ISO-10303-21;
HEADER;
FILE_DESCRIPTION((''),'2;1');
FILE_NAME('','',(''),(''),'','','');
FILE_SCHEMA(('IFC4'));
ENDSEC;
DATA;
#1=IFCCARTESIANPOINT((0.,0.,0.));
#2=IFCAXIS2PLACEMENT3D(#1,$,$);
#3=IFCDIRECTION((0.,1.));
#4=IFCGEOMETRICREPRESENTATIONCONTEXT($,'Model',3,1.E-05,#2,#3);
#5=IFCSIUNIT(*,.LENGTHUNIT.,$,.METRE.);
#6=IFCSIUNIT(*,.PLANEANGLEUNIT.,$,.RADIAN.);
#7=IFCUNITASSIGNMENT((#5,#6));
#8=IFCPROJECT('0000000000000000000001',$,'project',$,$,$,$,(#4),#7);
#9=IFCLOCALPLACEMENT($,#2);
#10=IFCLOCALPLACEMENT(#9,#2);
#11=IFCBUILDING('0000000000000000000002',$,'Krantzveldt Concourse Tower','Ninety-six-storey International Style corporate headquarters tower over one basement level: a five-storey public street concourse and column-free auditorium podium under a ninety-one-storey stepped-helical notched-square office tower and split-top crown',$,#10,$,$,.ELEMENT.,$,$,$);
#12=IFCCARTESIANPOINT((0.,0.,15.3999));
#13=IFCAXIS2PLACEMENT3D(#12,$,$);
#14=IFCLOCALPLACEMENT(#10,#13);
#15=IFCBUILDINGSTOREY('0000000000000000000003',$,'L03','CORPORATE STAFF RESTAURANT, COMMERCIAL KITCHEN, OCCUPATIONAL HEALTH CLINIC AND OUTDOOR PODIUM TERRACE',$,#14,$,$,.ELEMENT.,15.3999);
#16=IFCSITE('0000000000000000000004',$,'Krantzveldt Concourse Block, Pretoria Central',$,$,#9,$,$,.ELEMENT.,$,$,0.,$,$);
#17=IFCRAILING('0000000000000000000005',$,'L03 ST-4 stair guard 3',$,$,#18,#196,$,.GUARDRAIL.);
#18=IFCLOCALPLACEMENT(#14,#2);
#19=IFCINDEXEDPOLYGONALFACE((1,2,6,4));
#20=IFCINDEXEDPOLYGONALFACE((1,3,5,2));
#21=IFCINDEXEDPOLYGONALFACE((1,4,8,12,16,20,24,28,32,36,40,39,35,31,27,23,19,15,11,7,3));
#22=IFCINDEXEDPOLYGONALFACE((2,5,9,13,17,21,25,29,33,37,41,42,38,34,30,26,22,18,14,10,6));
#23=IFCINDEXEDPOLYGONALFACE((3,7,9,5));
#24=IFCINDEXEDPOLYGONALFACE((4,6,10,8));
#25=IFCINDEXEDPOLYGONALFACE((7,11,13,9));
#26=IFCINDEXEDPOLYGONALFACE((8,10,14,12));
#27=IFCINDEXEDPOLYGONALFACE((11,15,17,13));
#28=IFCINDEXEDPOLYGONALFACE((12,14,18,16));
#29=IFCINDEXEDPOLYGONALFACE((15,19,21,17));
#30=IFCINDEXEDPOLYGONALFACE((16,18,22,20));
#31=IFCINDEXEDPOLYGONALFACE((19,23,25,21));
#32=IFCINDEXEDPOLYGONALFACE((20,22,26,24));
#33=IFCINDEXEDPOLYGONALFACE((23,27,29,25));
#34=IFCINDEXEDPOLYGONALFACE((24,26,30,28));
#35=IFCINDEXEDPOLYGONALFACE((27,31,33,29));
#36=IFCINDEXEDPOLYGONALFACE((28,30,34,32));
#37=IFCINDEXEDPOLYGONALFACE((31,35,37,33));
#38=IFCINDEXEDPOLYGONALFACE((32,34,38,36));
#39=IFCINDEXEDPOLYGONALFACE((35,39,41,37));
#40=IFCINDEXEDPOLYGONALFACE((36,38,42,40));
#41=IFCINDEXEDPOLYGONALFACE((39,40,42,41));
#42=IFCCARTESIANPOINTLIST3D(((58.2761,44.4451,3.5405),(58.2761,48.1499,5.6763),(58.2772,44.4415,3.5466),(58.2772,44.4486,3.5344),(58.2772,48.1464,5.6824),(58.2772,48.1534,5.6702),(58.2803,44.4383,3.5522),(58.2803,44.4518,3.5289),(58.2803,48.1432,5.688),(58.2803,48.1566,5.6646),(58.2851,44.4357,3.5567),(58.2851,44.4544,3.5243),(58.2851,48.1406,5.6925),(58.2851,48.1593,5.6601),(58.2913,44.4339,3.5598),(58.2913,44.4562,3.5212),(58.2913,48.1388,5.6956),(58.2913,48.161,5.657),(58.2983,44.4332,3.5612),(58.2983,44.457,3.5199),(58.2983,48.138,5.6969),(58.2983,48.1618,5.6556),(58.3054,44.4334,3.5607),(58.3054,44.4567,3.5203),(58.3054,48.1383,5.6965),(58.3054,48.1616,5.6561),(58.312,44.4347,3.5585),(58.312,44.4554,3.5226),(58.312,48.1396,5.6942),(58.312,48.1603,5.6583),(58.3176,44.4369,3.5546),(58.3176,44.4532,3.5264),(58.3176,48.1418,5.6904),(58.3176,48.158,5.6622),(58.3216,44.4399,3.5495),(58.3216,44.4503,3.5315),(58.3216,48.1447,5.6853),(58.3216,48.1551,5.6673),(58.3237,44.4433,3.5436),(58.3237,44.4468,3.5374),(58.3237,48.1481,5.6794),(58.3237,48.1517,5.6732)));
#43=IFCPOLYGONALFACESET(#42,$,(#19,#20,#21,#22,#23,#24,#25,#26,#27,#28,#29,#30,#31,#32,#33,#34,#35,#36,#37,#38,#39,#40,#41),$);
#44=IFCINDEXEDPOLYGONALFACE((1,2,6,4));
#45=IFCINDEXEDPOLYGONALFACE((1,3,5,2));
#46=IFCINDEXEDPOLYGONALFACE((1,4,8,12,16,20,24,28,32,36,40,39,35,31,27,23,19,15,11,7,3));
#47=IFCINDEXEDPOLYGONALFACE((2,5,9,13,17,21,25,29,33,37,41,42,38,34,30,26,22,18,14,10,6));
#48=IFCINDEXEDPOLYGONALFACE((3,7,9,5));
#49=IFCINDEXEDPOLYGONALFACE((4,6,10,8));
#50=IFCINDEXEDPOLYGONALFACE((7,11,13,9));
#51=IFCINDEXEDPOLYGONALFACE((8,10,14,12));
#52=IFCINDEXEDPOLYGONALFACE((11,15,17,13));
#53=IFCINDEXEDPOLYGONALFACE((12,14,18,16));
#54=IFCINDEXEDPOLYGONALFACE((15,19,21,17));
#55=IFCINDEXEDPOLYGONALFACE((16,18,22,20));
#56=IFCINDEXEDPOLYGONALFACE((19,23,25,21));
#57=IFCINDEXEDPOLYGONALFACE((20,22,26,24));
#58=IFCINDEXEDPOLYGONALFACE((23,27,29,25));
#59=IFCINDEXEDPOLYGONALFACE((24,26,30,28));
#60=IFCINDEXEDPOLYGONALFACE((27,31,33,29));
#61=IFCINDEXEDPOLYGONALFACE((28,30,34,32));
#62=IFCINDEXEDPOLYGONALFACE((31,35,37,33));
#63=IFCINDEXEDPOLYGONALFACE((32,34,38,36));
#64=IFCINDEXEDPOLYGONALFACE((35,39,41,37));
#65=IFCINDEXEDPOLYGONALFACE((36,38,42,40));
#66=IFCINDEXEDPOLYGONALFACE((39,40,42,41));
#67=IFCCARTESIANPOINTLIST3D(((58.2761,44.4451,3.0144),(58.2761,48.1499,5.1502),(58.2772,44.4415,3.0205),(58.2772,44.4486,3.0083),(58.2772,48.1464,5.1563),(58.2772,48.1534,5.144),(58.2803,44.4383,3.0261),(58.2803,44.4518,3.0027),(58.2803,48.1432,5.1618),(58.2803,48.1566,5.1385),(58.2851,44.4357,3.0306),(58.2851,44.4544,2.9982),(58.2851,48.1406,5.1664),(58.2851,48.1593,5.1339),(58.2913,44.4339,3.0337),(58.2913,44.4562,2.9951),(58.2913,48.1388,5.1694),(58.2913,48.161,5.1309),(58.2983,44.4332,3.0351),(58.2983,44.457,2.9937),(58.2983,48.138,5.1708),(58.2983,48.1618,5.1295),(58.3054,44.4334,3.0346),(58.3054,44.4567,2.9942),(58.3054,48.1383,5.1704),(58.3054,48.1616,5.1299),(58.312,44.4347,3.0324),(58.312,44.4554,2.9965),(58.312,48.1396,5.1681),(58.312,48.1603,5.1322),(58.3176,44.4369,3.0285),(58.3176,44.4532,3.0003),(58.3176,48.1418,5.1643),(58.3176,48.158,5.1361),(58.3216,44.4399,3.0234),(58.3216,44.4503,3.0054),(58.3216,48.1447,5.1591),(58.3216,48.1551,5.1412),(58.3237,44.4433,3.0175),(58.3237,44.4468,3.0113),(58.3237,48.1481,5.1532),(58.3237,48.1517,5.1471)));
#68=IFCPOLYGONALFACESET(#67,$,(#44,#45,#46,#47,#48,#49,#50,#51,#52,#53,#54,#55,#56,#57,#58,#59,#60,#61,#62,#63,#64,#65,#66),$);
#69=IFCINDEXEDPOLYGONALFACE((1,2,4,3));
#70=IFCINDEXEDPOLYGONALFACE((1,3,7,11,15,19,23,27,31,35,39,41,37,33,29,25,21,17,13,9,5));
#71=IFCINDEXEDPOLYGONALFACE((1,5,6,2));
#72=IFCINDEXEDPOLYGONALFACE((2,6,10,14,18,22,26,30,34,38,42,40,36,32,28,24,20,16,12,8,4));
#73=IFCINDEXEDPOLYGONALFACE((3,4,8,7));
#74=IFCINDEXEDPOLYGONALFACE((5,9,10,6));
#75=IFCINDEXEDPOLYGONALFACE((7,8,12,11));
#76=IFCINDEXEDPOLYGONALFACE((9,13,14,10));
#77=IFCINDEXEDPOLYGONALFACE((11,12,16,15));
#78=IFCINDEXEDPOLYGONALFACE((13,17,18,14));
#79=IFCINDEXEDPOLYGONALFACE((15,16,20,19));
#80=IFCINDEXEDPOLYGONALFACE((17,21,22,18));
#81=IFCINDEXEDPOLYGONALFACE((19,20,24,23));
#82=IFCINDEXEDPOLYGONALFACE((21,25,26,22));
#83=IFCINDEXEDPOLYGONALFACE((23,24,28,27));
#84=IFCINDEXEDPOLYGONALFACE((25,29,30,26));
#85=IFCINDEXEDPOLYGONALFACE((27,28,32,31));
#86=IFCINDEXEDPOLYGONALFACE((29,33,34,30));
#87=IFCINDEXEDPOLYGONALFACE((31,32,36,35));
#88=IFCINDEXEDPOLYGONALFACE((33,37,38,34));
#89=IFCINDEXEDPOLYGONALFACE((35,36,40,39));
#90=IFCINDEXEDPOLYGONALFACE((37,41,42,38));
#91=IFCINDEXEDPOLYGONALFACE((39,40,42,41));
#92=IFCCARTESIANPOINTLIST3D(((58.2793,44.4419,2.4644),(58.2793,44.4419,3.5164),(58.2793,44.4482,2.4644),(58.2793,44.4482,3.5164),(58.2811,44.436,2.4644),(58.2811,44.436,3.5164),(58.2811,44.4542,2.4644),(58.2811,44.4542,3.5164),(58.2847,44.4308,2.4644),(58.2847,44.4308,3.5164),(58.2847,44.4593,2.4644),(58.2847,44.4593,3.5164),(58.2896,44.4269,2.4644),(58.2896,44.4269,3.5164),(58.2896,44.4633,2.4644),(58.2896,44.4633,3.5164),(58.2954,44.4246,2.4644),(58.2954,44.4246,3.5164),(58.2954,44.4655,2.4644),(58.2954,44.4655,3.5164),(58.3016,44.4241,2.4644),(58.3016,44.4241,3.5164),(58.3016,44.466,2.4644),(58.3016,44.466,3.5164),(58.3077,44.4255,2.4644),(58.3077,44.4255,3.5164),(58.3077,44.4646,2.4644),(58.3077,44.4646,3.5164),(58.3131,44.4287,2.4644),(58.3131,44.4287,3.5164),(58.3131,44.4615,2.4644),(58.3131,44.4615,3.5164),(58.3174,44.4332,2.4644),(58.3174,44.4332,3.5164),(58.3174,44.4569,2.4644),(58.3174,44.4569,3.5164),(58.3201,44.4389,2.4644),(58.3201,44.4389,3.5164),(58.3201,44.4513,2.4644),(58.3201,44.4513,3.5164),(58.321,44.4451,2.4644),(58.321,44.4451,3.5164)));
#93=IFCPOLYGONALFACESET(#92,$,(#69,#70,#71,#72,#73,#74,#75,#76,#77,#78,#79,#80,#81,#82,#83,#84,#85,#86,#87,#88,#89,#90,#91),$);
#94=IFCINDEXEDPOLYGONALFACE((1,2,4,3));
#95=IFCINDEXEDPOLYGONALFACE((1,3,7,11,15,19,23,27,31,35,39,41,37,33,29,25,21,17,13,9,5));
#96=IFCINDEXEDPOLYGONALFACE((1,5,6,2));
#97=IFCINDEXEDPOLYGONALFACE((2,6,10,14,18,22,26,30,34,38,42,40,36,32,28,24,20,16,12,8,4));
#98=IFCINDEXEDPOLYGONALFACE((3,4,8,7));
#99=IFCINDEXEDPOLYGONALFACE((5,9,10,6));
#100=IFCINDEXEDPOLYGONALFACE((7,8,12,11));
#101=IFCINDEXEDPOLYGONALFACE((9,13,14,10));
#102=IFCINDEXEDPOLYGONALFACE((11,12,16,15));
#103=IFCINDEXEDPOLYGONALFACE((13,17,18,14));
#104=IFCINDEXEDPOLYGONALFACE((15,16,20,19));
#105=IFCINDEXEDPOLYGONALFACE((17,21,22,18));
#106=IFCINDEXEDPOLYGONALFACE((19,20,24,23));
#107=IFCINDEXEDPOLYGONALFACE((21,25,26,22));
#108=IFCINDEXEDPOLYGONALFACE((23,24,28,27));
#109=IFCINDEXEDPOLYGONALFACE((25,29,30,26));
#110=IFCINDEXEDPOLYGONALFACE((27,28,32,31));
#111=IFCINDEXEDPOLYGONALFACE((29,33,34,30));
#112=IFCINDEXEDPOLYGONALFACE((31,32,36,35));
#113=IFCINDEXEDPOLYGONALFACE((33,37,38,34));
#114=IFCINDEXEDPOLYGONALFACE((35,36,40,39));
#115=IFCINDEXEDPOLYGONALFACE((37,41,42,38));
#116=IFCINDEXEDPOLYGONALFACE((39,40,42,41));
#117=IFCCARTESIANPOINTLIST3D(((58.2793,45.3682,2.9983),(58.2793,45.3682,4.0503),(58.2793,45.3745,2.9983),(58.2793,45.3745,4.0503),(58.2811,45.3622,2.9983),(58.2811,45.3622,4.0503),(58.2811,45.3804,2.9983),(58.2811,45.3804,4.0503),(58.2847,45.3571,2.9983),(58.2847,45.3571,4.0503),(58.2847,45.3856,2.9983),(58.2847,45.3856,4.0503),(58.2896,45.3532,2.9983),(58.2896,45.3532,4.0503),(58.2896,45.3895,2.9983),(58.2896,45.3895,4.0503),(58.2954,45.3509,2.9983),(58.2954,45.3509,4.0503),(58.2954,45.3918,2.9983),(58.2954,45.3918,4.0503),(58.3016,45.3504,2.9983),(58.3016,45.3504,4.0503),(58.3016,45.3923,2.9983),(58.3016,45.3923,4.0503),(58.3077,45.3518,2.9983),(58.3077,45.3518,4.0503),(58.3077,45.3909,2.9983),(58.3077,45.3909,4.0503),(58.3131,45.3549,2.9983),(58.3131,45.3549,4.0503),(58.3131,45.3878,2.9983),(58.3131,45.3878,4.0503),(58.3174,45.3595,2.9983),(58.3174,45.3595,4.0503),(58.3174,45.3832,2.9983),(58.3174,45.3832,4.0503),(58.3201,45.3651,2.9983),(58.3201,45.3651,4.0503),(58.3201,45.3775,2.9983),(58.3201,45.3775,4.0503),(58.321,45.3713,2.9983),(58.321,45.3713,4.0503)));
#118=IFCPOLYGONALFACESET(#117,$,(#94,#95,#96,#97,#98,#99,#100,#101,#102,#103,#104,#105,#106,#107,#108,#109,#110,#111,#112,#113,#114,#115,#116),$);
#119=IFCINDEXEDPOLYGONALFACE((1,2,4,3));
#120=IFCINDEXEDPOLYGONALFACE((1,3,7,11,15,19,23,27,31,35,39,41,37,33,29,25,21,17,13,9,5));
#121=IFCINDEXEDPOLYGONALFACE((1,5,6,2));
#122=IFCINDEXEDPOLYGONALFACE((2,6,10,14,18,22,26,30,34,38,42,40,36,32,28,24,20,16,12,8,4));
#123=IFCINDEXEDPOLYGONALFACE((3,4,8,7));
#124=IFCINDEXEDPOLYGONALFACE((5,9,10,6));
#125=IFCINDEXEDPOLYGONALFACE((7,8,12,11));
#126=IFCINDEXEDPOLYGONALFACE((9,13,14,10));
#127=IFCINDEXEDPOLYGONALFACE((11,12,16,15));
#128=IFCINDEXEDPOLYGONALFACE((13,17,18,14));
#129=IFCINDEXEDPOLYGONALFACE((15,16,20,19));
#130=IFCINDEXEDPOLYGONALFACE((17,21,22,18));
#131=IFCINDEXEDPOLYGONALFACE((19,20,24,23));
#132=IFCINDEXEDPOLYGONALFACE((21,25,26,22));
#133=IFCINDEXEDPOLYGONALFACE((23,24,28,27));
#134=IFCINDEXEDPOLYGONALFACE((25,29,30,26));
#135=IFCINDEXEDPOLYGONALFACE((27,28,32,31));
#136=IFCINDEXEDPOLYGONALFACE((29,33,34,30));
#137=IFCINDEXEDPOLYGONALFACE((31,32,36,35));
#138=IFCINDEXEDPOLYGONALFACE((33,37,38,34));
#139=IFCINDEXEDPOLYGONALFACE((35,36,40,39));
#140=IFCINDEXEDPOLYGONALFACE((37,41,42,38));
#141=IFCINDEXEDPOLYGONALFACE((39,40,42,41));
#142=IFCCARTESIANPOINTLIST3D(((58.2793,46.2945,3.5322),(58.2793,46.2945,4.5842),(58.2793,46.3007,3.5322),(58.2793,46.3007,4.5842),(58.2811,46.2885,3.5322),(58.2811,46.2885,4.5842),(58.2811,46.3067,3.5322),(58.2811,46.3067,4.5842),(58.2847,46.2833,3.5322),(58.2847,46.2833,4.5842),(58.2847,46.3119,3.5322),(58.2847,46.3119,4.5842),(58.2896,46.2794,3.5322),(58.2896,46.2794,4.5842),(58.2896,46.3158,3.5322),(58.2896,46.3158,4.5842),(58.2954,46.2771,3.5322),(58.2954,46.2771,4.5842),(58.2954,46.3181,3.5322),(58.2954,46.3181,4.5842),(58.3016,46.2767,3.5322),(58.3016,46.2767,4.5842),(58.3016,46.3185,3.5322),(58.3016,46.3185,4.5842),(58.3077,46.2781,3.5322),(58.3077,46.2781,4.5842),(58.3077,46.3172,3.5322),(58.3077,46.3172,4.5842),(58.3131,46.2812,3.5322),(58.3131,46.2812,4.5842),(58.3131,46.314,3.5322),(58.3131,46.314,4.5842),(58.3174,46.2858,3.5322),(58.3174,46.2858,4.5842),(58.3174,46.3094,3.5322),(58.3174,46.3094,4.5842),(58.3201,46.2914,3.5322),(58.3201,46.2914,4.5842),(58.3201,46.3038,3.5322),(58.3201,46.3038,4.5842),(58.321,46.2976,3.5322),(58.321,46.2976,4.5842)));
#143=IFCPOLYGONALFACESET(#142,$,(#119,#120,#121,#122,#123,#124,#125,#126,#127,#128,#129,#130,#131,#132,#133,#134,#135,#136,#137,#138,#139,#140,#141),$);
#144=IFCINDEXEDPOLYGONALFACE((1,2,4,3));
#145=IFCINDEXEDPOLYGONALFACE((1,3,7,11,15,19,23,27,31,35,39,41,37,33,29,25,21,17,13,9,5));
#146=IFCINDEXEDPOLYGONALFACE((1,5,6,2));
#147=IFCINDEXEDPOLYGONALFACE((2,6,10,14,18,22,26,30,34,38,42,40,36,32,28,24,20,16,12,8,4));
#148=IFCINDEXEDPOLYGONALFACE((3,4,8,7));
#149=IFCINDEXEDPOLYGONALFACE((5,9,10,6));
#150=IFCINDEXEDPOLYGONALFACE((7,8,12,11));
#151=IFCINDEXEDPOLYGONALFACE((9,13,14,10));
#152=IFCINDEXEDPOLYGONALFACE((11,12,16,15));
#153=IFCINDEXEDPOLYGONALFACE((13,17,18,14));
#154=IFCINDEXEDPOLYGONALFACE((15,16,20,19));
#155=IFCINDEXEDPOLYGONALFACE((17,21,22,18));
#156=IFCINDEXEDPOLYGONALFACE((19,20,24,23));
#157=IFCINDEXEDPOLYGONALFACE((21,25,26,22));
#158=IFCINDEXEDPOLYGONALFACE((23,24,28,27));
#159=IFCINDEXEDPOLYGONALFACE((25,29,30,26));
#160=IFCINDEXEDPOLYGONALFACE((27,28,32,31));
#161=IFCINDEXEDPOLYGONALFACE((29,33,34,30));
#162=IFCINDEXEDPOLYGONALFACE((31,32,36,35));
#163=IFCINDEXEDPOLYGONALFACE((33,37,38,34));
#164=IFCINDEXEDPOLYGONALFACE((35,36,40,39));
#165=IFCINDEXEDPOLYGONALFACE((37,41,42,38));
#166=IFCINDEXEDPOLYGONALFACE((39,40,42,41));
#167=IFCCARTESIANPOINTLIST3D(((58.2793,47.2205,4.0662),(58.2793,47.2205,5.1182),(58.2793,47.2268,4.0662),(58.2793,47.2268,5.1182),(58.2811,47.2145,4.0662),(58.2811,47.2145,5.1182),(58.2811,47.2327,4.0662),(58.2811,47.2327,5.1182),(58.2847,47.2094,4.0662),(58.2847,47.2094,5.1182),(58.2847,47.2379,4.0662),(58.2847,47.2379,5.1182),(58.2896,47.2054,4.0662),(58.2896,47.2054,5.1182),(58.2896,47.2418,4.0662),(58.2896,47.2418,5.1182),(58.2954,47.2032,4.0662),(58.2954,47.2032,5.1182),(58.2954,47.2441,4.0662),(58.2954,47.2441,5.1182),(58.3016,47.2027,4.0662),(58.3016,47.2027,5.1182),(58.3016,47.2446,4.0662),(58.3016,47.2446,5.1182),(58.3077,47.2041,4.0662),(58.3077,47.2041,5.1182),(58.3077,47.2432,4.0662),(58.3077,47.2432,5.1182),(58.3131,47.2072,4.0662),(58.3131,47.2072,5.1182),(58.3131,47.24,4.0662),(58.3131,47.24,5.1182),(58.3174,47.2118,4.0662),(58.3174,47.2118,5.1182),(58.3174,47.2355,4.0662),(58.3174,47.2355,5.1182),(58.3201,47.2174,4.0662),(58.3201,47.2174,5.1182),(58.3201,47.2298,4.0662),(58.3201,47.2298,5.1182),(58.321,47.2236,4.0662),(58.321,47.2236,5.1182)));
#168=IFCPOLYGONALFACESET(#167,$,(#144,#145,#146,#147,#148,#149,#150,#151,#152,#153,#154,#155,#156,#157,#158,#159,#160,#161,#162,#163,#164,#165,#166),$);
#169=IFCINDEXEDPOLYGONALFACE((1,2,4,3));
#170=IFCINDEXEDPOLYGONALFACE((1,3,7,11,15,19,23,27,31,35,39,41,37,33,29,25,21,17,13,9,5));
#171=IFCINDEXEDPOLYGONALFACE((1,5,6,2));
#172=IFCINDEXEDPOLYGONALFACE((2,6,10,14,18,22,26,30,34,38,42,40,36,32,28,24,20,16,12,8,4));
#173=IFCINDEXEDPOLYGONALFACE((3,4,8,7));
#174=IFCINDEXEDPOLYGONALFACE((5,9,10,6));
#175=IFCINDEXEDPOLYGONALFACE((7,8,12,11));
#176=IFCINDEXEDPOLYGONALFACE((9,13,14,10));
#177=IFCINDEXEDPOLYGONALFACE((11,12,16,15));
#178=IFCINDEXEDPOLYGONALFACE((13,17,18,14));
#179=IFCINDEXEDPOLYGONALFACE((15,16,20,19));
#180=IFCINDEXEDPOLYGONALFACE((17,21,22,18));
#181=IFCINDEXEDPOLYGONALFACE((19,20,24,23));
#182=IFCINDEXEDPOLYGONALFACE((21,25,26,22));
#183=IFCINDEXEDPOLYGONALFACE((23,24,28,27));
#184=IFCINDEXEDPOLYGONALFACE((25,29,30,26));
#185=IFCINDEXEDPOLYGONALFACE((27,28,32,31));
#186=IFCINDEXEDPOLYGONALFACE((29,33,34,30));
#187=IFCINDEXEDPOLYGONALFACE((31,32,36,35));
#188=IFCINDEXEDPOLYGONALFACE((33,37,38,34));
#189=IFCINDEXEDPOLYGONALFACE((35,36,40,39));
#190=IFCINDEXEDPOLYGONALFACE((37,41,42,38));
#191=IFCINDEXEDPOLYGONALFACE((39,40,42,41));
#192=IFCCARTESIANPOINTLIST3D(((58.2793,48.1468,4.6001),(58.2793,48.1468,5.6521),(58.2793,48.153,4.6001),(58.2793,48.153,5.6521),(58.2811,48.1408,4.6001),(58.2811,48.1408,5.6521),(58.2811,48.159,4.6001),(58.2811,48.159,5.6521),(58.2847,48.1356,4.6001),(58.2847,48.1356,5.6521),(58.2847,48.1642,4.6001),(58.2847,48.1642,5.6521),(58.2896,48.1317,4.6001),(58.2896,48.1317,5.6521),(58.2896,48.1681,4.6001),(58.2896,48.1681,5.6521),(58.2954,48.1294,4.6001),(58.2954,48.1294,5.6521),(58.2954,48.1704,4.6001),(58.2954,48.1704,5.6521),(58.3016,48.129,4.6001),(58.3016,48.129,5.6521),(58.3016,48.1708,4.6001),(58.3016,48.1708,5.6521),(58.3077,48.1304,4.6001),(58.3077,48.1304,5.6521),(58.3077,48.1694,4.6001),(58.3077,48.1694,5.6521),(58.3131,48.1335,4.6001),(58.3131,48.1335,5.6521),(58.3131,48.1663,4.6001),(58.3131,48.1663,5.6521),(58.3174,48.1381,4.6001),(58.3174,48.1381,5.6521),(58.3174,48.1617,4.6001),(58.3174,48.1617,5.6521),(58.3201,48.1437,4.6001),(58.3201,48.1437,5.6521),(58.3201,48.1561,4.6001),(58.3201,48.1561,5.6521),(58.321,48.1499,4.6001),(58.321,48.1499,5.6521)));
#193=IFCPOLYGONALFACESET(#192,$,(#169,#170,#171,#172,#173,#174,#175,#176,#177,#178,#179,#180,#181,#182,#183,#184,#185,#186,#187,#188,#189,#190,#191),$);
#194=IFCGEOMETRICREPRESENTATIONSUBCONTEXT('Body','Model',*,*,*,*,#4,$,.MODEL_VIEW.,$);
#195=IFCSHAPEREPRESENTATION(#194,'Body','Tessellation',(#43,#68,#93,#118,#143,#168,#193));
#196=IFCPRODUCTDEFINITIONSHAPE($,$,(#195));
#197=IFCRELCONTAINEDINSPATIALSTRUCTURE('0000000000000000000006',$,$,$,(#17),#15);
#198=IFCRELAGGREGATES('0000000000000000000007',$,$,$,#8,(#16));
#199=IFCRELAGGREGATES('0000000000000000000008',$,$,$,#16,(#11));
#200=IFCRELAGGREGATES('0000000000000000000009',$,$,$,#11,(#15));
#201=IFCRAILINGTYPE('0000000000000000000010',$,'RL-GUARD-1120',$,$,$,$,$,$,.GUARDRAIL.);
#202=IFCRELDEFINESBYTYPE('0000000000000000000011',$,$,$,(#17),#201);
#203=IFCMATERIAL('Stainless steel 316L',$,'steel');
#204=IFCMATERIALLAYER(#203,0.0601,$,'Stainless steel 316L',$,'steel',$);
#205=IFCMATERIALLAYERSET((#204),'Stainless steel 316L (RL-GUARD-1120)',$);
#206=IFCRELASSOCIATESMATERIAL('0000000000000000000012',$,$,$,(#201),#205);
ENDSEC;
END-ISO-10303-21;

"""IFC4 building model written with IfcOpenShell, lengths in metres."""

from ifc_helpers import new_model, si_unit, direction, frame, origin, origin_2d, place, context, subcontext, project, spatial, circle, extrude, material, layer, layer_set, type_object, element, save


model = new_model("IFC4")

# Units and contexts
model_context = context("Model", 3, precision=1e-05, world=origin(), true_north=direction((0.0, 1.0)))
body_context = subcontext(model_context, "Body", "Model", "MODEL_VIEW")
ifc_project = project(units=[si_unit("LENGTHUNIT", "METRE"), si_unit("PLANEANGLEUNIT", "RADIAN")], contexts=[model_context])

# Site, building, storey
site_placement = place(None, origin())
site = spatial("IfcSite", under=ifc_project, at=site_placement, Name="Krantzveldt Concourse Block, Pretoria Central", CompositionType="ELEMENT", RefElevation=0.0)
building_placement = place(site_placement, origin())
building = spatial("IfcBuilding", under=site, at=building_placement, Name="Krantzveldt Concourse Tower", Description="Ninety-six-storey International Style corporate headquarters tower over one basement level: a five-storey public street concourse and column-free auditorium podium under a ninety-one-storey stepped-helical notched-square office tower and split-top crown", CompositionType="ELEMENT")
storey_placement = place(building_placement, frame((0.0, 0.0, 15.3999)))
storey = spatial("IfcBuildingStorey", under=building, at=storey_placement, Name="L03", Description="CORPORATE STAFF RESTAURANT, COMMERCIAL KITCHEN, OCCUPATIONAL HEALTH CLINIC AND OUTDOOR PODIUM TERRACE", CompositionType="ELEMENT", Elevation=15.3999)

# Railing
ifc_material_1 = material(Name="Stainless steel 316L", Category="steel")
ifc_layer_1 = layer(ifc_material_1, 0.0601, Name="Stainless steel 316L", Category="steel")
ifc_layer_set_1 = layer_set([ifc_layer_1], Name="Stainless steel 316L (RL-GUARD-1120)")
railing_type_1 = type_object("IfcRailingType", Name="RL-GUARD-1120", PredefinedType="GUARDRAIL", material=ifc_layer_set_1)
railing_1_placement = place(storey_placement, frame((58.3, 44.4451, 2.4644)))
element("IfcRailing", 1, at=railing_1_placement, inside=storey, type_object=railing_type_1, Name="L03 ST-4 stair guard 3", PredefinedType="GUARDRAIL", context=body_context, shape_type="SweptSolid", body=[
    extrude(circle(Radius=0.0239, at=origin_2d()), frame((0.0, 0.0, 1.0762), z_axis=(0.0, 0.866354, 0.499431), x_axis=(-1.0, 0.0, 0.0)), (0.0, 0.0, 1.0), 4.2764),
    extrude(circle(Radius=0.0239, at=origin_2d()), frame((0.0, 0.0, 0.55), z_axis=(0.0, 0.866354, 0.499431), x_axis=(-1.0, 0.0, 0.0)), (0.0, 0.0, 1.0), 4.2764),
    extrude(circle(Radius=0.021, at=origin_2d()), origin(), (0.0, 0.0, 1.0), 1.052),
    extrude(circle(Radius=0.021, at=origin_2d()), frame((0.0, 0.9263, 0.5339)), (0.0, 0.0, 1.0), 1.052),
    extrude(circle(Radius=0.021, at=origin_2d()), frame((0.0, 1.8525, 1.0679)), (0.0, 0.0, 1.0), 1.052),
    extrude(circle(Radius=0.021, at=origin_2d()), frame((0.0, 2.7786, 1.6018)), (0.0, 0.0, 1.0), 1.052),
    extrude(circle(Radius=0.021, at=origin_2d()), frame((0.0, 3.7048, 2.1357)), (0.0, 0.0, 1.0), 1.052),
])

save(model, "model.ifc")
